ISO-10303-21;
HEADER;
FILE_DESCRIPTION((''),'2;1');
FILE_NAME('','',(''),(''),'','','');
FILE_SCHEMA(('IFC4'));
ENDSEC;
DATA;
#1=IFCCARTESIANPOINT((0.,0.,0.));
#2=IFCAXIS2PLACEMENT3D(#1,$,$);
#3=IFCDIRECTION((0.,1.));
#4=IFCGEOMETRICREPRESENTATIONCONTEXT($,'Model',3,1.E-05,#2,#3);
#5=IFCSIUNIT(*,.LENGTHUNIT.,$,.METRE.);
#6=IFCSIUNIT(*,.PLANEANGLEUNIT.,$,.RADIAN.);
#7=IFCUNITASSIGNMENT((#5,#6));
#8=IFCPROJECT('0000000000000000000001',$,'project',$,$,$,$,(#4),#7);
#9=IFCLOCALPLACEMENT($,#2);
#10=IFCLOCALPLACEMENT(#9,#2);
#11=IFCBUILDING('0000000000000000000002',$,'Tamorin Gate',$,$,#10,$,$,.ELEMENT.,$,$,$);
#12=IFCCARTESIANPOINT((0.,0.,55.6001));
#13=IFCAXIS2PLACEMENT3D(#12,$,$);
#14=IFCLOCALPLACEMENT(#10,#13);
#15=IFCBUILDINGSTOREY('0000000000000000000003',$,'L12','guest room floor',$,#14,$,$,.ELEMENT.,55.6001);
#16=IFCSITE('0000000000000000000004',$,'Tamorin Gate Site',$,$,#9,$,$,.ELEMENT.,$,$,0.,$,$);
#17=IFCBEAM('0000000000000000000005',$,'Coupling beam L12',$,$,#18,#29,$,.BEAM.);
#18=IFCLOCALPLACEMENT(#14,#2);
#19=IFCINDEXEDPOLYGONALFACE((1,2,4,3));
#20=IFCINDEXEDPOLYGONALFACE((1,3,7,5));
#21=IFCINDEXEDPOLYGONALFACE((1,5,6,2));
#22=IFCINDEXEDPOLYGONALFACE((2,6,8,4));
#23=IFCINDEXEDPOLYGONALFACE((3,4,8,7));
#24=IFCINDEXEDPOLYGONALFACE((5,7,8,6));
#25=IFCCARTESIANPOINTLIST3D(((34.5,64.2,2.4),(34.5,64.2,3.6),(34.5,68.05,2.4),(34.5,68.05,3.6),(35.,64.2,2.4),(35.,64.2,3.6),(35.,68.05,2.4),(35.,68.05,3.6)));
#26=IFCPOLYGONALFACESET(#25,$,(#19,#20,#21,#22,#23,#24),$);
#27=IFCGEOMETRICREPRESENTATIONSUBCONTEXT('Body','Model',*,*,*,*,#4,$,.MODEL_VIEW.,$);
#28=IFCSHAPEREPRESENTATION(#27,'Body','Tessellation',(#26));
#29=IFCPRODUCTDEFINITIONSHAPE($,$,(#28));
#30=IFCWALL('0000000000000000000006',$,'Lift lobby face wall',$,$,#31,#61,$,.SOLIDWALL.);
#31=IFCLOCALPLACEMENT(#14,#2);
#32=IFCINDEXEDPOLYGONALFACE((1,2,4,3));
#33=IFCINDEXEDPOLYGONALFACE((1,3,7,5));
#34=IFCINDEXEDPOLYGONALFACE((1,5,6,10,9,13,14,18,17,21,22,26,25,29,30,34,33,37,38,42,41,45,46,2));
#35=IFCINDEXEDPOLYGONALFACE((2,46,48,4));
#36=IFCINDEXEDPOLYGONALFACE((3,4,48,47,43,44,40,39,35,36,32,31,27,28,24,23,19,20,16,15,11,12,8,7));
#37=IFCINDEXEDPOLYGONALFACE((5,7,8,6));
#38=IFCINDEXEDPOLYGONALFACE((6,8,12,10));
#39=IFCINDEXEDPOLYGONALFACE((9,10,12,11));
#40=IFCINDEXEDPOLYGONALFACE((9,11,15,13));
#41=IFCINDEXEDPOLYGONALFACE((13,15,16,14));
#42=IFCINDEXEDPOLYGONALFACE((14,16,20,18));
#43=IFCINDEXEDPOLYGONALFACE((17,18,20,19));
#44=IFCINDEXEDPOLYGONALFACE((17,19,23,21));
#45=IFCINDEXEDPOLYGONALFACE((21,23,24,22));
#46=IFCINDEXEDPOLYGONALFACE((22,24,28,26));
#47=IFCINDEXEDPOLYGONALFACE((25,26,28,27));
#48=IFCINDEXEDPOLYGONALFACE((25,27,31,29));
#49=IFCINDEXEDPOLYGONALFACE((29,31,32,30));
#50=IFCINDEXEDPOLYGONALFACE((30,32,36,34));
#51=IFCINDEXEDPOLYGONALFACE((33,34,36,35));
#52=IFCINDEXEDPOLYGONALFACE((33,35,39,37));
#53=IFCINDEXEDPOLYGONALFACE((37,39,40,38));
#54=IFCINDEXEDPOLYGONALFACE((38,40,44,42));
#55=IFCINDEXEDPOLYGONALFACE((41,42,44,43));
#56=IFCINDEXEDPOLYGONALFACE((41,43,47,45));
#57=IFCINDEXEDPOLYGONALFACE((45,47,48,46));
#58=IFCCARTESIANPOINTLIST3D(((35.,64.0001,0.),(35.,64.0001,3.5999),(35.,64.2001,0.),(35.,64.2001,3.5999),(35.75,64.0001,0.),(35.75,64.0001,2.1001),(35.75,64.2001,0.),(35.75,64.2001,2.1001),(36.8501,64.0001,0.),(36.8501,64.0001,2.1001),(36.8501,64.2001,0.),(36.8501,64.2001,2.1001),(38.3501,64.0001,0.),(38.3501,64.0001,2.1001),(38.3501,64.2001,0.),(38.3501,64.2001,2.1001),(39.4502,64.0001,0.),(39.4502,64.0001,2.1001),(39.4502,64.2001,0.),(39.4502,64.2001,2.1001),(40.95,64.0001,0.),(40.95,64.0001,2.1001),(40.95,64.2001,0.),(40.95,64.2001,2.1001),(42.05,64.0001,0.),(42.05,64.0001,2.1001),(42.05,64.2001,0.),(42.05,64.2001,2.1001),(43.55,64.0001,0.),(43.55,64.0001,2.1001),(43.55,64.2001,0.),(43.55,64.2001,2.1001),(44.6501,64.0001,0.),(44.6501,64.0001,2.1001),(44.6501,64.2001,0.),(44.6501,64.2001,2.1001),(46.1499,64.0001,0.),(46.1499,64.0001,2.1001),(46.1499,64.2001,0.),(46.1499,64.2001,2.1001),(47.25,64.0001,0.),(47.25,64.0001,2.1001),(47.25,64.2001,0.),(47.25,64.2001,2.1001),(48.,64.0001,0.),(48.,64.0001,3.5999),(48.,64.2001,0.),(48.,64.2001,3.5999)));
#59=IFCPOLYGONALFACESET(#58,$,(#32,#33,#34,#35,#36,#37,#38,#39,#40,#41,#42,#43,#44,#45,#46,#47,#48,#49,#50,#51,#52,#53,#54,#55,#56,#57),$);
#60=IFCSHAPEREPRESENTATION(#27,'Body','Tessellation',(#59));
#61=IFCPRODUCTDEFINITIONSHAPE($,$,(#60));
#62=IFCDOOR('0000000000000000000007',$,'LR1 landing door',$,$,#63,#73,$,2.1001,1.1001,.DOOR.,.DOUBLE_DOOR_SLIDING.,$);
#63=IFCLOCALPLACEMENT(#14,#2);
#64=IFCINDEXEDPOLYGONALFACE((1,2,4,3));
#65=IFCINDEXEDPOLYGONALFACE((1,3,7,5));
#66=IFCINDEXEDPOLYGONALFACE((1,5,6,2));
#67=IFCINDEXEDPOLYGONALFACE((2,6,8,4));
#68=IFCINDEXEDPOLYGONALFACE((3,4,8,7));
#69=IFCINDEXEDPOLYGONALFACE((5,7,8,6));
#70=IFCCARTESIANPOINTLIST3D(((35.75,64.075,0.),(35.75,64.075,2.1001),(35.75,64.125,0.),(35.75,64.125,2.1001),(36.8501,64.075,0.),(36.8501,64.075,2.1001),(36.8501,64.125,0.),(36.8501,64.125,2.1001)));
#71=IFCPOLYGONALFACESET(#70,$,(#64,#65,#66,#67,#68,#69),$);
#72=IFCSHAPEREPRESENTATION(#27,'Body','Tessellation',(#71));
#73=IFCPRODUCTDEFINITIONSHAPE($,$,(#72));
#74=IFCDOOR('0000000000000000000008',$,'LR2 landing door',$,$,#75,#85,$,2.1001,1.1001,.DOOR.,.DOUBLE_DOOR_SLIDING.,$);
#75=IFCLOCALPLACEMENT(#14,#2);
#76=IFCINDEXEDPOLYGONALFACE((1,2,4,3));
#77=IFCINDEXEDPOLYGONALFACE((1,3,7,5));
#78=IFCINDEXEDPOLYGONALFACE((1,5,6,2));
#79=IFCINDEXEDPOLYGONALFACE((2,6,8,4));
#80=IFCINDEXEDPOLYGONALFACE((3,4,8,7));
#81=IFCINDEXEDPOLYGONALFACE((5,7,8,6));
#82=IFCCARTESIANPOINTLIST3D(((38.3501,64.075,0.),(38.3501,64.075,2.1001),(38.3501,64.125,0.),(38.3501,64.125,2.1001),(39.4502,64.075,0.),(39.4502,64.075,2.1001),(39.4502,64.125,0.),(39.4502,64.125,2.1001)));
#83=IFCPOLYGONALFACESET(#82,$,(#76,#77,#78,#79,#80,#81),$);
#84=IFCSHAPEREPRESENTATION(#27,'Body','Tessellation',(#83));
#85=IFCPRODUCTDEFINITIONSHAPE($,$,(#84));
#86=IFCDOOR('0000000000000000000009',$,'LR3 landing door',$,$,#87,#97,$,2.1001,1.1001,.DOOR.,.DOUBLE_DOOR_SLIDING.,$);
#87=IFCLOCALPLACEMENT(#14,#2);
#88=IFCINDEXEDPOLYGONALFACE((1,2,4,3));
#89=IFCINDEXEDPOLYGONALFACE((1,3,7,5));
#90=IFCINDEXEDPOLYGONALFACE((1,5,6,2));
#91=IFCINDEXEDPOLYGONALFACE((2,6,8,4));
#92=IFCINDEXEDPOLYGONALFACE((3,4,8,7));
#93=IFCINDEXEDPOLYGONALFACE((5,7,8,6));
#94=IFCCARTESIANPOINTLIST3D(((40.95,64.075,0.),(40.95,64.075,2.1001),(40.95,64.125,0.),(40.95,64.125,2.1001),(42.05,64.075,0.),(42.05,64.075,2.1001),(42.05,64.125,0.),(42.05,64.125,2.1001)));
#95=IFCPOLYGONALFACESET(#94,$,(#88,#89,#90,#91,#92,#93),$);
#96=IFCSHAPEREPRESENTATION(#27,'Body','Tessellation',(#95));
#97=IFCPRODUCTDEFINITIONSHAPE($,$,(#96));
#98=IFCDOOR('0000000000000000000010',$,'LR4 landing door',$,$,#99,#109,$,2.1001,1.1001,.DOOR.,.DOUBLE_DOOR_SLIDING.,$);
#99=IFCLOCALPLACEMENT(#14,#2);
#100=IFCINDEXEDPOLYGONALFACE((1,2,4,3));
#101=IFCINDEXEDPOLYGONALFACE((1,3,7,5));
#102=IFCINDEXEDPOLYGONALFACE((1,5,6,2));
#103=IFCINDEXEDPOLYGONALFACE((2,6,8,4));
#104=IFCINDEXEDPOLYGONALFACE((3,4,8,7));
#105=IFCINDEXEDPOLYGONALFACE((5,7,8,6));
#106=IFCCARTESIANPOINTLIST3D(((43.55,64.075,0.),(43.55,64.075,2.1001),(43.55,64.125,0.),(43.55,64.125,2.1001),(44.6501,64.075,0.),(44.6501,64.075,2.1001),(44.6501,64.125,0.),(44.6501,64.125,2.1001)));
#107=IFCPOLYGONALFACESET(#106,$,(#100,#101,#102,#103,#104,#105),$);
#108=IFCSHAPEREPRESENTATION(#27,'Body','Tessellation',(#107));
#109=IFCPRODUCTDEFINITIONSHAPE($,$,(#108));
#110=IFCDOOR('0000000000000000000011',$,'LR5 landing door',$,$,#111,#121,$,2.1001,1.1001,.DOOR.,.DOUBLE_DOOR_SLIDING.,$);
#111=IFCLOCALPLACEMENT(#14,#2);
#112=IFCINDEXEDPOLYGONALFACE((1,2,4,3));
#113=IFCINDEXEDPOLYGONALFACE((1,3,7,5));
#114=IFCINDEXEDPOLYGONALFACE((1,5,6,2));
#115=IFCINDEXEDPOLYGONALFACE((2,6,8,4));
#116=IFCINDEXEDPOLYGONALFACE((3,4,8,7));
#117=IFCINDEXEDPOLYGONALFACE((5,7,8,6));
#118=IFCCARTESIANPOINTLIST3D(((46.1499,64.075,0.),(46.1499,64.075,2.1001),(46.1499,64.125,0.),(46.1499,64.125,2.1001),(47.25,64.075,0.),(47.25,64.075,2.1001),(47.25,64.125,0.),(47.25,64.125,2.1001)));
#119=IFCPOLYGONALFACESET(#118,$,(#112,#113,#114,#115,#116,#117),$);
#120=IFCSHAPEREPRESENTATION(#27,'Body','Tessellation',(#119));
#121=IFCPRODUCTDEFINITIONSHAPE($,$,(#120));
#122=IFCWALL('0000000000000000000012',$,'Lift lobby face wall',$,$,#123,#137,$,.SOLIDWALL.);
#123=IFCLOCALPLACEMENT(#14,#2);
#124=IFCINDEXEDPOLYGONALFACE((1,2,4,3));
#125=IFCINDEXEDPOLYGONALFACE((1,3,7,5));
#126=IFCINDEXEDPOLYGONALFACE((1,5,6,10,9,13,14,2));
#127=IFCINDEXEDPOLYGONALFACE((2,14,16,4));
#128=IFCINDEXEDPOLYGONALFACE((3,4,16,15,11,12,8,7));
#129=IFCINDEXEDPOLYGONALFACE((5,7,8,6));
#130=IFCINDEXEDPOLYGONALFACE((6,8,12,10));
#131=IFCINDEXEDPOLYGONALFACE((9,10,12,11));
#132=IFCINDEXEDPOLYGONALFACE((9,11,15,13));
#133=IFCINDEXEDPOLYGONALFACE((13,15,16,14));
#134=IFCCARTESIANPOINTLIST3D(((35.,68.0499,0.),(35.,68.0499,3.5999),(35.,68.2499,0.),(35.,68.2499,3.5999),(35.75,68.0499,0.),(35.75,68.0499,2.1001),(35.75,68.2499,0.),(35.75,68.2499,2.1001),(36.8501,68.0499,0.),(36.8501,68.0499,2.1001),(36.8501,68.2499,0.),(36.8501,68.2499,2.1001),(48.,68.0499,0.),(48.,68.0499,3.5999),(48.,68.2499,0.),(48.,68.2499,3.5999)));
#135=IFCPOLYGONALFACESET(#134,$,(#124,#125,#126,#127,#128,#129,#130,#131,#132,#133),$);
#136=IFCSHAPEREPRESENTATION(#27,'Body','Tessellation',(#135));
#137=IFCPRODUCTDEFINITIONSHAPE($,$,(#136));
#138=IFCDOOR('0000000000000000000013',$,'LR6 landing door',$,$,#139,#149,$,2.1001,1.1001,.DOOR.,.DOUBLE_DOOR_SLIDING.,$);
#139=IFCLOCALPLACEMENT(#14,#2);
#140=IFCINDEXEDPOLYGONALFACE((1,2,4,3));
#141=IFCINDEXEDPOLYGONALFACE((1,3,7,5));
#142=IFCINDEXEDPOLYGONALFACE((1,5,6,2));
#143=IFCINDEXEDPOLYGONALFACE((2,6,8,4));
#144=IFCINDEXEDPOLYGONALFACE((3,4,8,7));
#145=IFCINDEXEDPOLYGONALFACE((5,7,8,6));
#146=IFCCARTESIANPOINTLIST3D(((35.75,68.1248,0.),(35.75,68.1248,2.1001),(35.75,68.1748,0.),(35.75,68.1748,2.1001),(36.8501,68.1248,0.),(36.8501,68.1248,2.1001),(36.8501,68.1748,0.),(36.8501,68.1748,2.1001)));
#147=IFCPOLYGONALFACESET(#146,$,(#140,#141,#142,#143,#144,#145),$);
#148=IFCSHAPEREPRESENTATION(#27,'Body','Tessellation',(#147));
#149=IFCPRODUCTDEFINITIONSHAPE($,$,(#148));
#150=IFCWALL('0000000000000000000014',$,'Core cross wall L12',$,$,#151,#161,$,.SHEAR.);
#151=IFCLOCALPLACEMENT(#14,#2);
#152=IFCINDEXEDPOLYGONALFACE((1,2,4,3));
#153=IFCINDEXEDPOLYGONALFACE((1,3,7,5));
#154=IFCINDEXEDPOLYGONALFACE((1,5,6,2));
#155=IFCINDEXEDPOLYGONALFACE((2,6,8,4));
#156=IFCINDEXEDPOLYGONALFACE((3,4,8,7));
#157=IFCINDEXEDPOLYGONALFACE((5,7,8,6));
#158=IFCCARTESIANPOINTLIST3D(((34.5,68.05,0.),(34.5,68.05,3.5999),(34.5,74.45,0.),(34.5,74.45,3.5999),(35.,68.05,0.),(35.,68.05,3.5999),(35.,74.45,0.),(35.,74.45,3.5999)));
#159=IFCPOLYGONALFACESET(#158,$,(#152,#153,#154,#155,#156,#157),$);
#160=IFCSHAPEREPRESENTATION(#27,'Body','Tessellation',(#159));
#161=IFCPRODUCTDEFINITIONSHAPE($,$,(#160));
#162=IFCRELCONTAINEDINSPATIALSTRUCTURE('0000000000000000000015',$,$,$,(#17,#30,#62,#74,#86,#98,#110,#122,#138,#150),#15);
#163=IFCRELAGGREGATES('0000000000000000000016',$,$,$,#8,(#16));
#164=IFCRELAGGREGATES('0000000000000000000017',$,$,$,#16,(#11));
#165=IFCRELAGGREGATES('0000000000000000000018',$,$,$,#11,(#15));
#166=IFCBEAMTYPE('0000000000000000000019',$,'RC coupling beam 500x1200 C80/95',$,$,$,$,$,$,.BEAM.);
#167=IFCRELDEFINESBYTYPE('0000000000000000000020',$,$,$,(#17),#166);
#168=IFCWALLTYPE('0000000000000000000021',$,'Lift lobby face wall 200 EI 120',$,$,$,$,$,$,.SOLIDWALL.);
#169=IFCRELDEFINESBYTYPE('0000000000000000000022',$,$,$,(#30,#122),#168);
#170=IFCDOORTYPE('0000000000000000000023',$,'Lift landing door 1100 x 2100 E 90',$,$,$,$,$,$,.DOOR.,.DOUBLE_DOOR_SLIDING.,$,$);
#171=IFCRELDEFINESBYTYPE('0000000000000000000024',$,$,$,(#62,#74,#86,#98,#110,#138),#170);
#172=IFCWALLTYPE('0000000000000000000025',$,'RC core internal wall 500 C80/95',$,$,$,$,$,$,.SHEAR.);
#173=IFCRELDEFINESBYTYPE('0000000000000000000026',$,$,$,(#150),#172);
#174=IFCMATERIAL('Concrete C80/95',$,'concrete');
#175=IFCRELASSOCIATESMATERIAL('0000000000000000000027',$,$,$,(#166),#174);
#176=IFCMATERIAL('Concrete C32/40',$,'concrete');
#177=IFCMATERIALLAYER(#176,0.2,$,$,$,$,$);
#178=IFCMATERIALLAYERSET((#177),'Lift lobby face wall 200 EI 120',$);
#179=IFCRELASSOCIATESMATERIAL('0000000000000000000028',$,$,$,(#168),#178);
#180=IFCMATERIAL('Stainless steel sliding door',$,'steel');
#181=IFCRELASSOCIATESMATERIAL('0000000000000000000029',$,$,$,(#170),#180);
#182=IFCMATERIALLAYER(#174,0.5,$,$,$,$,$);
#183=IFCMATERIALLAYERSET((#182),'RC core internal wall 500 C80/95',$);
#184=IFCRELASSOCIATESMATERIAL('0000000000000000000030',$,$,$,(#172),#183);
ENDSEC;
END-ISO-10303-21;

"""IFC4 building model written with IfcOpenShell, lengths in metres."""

from ifc_helpers import new_model, si_unit, direction, frame, frame_2d, origin, origin_2d, place, context, subcontext, project, spatial, rectangle, extrude, material, layer, layer_set, material_profile, profile_set, type_object, element, fill, save


model = new_model("IFC4")

# Units and contexts
model_context = context("Model", 3, precision=1e-05, world=origin(), true_north=direction((0.0, 1.0)))
body_context = subcontext(model_context, "Body", "Model", "MODEL_VIEW")
ifc_project = project(units=[si_unit("LENGTHUNIT", "METRE"), si_unit("PLANEANGLEUNIT", "RADIAN")], contexts=[model_context])

# Site, building, storey
site_placement = place(None, origin())
site = spatial("IfcSite", under=ifc_project, at=site_placement, Name="Tamorin Gate Site", CompositionType="ELEMENT", RefElevation=0.0)
building_placement = place(site_placement, origin())
building = spatial("IfcBuilding", under=site, at=building_placement, Name="Tamorin Gate", CompositionType="ELEMENT")
storey_placement = place(building_placement, frame((0.0, 0.0, 55.6001)))
storey = spatial("IfcBuildingStorey", under=building, at=storey_placement, Name="L12", Description="guest room floor", CompositionType="ELEMENT", Elevation=55.6001)

# Beam
ifc_material_1 = material(Name="Concrete C80/95", Category="concrete")
ifc_material_profile = material_profile(ifc_material_1, rectangle(XDim=0.5, YDim=1.2, at=origin_2d()), Name="RC 500x1200")
ifc_profile_set = profile_set([ifc_material_profile], Name="Concrete C80/95")
beam_type = type_object("IfcBeamType", Name="RC coupling beam 500x1200 C80/95", PredefinedType="BEAM", material=ifc_profile_set)
beam_placement = place(storey_placement, frame((34.75, 64.2, 3.0), z_axis=(0.0, 1.0, 0.0), x_axis=(-1.0, 0.0, 0.0)))
element("IfcBeam", 1, at=beam_placement, inside=storey, type_object=beam_type, Name="Coupling beam L12", PredefinedType="BEAM", context=body_context, shape_type="SweptSolid", body=[
    extrude(rectangle(XDim=0.5, YDim=1.2, at=origin_2d()), origin(), (0.0, 0.0, 1.0), 3.8501),
])

# Wall, openings, doors
ifc_material_2 = material(Name="Concrete C32/40", Category="concrete")
ifc_layer_1 = layer(ifc_material_2, 0.2)
ifc_layer_set_1 = layer_set([ifc_layer_1], Name="Lift lobby face wall 200 EI 120")
wall_type_1 = type_object("IfcWallType", Name="Lift lobby face wall 200 EI 120", PredefinedType="SOLIDWALL", material=ifc_layer_set_1)
wall_1_placement = place(storey_placement, frame((35.0, 64.1001, 0.0), z_axis=(0.0, 0.0, 1.0), x_axis=(1.0, 0.0, 0.0)))
wall_1 = element("IfcWall", 2, at=wall_1_placement, inside=storey, type_object=wall_type_1, Name="Lift lobby face wall", PredefinedType="SOLIDWALL", context=body_context, shape_type="SweptSolid", body=[
    extrude(rectangle(XDim=13.0, YDim=0.2, at=frame_2d((6.5, 0.0))), origin(), (0.0, 0.0, 1.0), 3.5999),
])
opening_1_placement = place(wall_1_placement, frame((0.75, 0.0, 0.0)))
opening_1 = element("IfcOpeningElement", 3, at=opening_1_placement, cuts=wall_1, PredefinedType="OPENING", context=body_context, shape_type="SweptSolid", body=[
    extrude(rectangle(XDim=1.1001, YDim=2.1001, at=frame_2d((0.55, 1.05))), frame((0.0, 0.1099, 0.0), z_axis=(0.0, -1.0, 0.0), x_axis=(1.0, 0.0, 0.0)), (0.0, 0.0, 1.0), 0.22),
])
opening_2_placement = place(wall_1_placement, frame((3.3501, 0.0, 0.0)))
opening_2 = element("IfcOpeningElement", 4, at=opening_2_placement, cuts=wall_1, PredefinedType="OPENING", context=body_context, shape_type="SweptSolid", body=[
    extrude(rectangle(XDim=1.1001, YDim=2.1001, at=frame_2d((0.55, 1.05))), frame((0.0, 0.1099, 0.0), z_axis=(0.0, -1.0, 0.0), x_axis=(1.0, 0.0, 0.0)), (0.0, 0.0, 1.0), 0.22),
])
opening_3_placement = place(wall_1_placement, frame((5.95, 0.0, 0.0)))
opening_3 = element("IfcOpeningElement", 5, at=opening_3_placement, cuts=wall_1, PredefinedType="OPENING", context=body_context, shape_type="SweptSolid", body=[
    extrude(rectangle(XDim=1.1001, YDim=2.1001, at=frame_2d((0.55, 1.05))), frame((0.0, 0.1099, 0.0), z_axis=(0.0, -1.0, 0.0), x_axis=(1.0, 0.0, 0.0)), (0.0, 0.0, 1.0), 0.22),
])
opening_4_placement = place(wall_1_placement, frame((8.55, 0.0, 0.0)))
opening_4 = element("IfcOpeningElement", 6, at=opening_4_placement, cuts=wall_1, PredefinedType="OPENING", context=body_context, shape_type="SweptSolid", body=[
    extrude(rectangle(XDim=1.1001, YDim=2.1001, at=frame_2d((0.55, 1.05))), frame((0.0, 0.1099, 0.0), z_axis=(0.0, -1.0, 0.0), x_axis=(1.0, 0.0, 0.0)), (0.0, 0.0, 1.0), 0.22),
])
opening_5_placement = place(wall_1_placement, frame((11.1499, 0.0, 0.0)))
opening_5 = element("IfcOpeningElement", 7, at=opening_5_placement, cuts=wall_1, PredefinedType="OPENING", context=body_context, shape_type="SweptSolid", body=[
    extrude(rectangle(XDim=1.1001, YDim=2.1001, at=frame_2d((0.55, 1.05))), frame((0.0, 0.1099, 0.0), z_axis=(0.0, -1.0, 0.0), x_axis=(1.0, 0.0, 0.0)), (0.0, 0.0, 1.0), 0.22),
])
ifc_material_3 = material(Name="Stainless steel sliding door", Category="steel")
door_type_1 = type_object("IfcDoorType", Name="Lift landing door 1100 x 2100 E 90", OperationType="DOUBLE_DOOR_SLIDING", PredefinedType="DOOR", material=ifc_material_3)
door_1_placement = place(opening_1_placement, origin())
door_1 = element("IfcDoor", 8, at=door_1_placement, inside=storey, type_object=door_type_1, Name="LR1 landing door", OperationType="DOUBLE_DOOR_SLIDING", OverallHeight=2.1001, OverallWidth=1.1001, PredefinedType="DOOR", context=body_context, shape_type="SweptSolid", body=[
    extrude(rectangle(XDim=1.1001, YDim=2.1001, at=frame_2d((0.55, 1.05))), frame((0.0, 0.0249, 0.0), z_axis=(0.0, -1.0, 0.0), x_axis=(1.0, 0.0, 0.0)), (0.0, 0.0, 1.0), 0.05),
])
fill(opening_1, door_1)
door_2_placement = place(opening_2_placement, origin())
door_2 = element("IfcDoor", 9, at=door_2_placement, inside=storey, type_object=door_type_1, Name="LR2 landing door", OperationType="DOUBLE_DOOR_SLIDING", OverallHeight=2.1001, OverallWidth=1.1001, PredefinedType="DOOR", context=body_context, shape_type="SweptSolid", body=[
    extrude(rectangle(XDim=1.1001, YDim=2.1001, at=frame_2d((0.55, 1.05))), frame((0.0, 0.0249, 0.0), z_axis=(0.0, -1.0, 0.0), x_axis=(1.0, 0.0, 0.0)), (0.0, 0.0, 1.0), 0.05),
])
fill(opening_2, door_2)
door_3_placement = place(opening_3_placement, origin())
door_3 = element("IfcDoor", 10, at=door_3_placement, inside=storey, type_object=door_type_1, Name="LR3 landing door", OperationType="DOUBLE_DOOR_SLIDING", OverallHeight=2.1001, OverallWidth=1.1001, PredefinedType="DOOR", context=body_context, shape_type="SweptSolid", body=[
    extrude(rectangle(XDim=1.1001, YDim=2.1001, at=frame_2d((0.55, 1.05))), frame((0.0, 0.0249, 0.0), z_axis=(0.0, -1.0, 0.0), x_axis=(1.0, 0.0, 0.0)), (0.0, 0.0, 1.0), 0.05),
])
fill(opening_3, door_3)
door_4_placement = place(opening_4_placement, origin())
door_4 = element("IfcDoor", 11, at=door_4_placement, inside=storey, type_object=door_type_1, Name="LR4 landing door", OperationType="DOUBLE_DOOR_SLIDING", OverallHeight=2.1001, OverallWidth=1.1001, PredefinedType="DOOR", context=body_context, shape_type="SweptSolid", body=[
    extrude(rectangle(XDim=1.1001, YDim=2.1001, at=frame_2d((0.55, 1.05))), frame((0.0, 0.0249, 0.0), z_axis=(0.0, -1.0, 0.0), x_axis=(1.0, 0.0, 0.0)), (0.0, 0.0, 1.0), 0.05),
])
fill(opening_4, door_4)
door_5_placement = place(opening_5_placement, origin())
door_5 = element("IfcDoor", 12, at=door_5_placement, inside=storey, type_object=door_type_1, Name="LR5 landing door", OperationType="DOUBLE_DOOR_SLIDING", OverallHeight=2.1001, OverallWidth=1.1001, PredefinedType="DOOR", context=body_context, shape_type="SweptSolid", body=[
    extrude(rectangle(XDim=1.1001, YDim=2.1001, at=frame_2d((0.55, 1.05))), frame((0.0, 0.0249, 0.0), z_axis=(0.0, -1.0, 0.0), x_axis=(1.0, 0.0, 0.0)), (0.0, 0.0, 1.0), 0.05),
])
fill(opening_5, door_5)

# Wall, opening, door
wall_2_placement = place(storey_placement, frame((35.0, 68.1499, 0.0), z_axis=(0.0, 0.0, 1.0), x_axis=(1.0, 0.0, 0.0)))
wall_2 = element("IfcWall", 13, at=wall_2_placement, inside=storey, type_object=wall_type_1, Name="Lift lobby face wall", PredefinedType="SOLIDWALL", context=body_context, shape_type="SweptSolid", body=[
    extrude(rectangle(XDim=13.0, YDim=0.2, at=frame_2d((6.5, 0.0))), origin(), (0.0, 0.0, 1.0), 3.5999),
])
opening_6_placement = place(wall_2_placement, frame((0.75, 0.0, 0.0)))
opening_6 = element("IfcOpeningElement", 14, at=opening_6_placement, cuts=wall_2, PredefinedType="OPENING", context=body_context, shape_type="SweptSolid", body=[
    extrude(rectangle(XDim=1.1001, YDim=2.1001, at=frame_2d((0.55, 1.05))), frame((0.0, 0.1099, 0.0), z_axis=(0.0, -1.0, 0.0), x_axis=(1.0, 0.0, 0.0)), (0.0, 0.0, 1.0), 0.22),
])
door_6_placement = place(opening_6_placement, origin())
door_6 = element("IfcDoor", 15, at=door_6_placement, inside=storey, type_object=door_type_1, Name="LR6 landing door", OperationType="DOUBLE_DOOR_SLIDING", OverallHeight=2.1001, OverallWidth=1.1001, PredefinedType="DOOR", context=body_context, shape_type="SweptSolid", body=[
    extrude(rectangle(XDim=1.1001, YDim=2.1001, at=frame_2d((0.55, 1.05))), frame((0.0, 0.0249, 0.0), z_axis=(0.0, -1.0, 0.0), x_axis=(1.0, 0.0, 0.0)), (0.0, 0.0, 1.0), 0.05),
])
fill(opening_6, door_6)

# Wall
ifc_layer_2 = layer(ifc_material_1, 0.5)
ifc_layer_set_2 = layer_set([ifc_layer_2], Name="RC core internal wall 500 C80/95")
wall_type_2 = type_object("IfcWallType", Name="RC core internal wall 500 C80/95", PredefinedType="SHEAR", material=ifc_layer_set_2)
wall_3_placement = place(storey_placement, frame((34.75, 68.05, 0.0), z_axis=(0.0, 0.0, 1.0), x_axis=(0.0, 1.0, 0.0)))
element("IfcWall", 16, at=wall_3_placement, inside=storey, type_object=wall_type_2, Name="Core cross wall L12", PredefinedType="SHEAR", context=body_context, shape_type="SweptSolid", body=[
    extrude(rectangle(XDim=6.3999, YDim=0.5, at=frame_2d((3.2, 0.0))), origin(), (0.0, 0.0, 1.0), 3.5999),
])

save(model, "model.ifc")
